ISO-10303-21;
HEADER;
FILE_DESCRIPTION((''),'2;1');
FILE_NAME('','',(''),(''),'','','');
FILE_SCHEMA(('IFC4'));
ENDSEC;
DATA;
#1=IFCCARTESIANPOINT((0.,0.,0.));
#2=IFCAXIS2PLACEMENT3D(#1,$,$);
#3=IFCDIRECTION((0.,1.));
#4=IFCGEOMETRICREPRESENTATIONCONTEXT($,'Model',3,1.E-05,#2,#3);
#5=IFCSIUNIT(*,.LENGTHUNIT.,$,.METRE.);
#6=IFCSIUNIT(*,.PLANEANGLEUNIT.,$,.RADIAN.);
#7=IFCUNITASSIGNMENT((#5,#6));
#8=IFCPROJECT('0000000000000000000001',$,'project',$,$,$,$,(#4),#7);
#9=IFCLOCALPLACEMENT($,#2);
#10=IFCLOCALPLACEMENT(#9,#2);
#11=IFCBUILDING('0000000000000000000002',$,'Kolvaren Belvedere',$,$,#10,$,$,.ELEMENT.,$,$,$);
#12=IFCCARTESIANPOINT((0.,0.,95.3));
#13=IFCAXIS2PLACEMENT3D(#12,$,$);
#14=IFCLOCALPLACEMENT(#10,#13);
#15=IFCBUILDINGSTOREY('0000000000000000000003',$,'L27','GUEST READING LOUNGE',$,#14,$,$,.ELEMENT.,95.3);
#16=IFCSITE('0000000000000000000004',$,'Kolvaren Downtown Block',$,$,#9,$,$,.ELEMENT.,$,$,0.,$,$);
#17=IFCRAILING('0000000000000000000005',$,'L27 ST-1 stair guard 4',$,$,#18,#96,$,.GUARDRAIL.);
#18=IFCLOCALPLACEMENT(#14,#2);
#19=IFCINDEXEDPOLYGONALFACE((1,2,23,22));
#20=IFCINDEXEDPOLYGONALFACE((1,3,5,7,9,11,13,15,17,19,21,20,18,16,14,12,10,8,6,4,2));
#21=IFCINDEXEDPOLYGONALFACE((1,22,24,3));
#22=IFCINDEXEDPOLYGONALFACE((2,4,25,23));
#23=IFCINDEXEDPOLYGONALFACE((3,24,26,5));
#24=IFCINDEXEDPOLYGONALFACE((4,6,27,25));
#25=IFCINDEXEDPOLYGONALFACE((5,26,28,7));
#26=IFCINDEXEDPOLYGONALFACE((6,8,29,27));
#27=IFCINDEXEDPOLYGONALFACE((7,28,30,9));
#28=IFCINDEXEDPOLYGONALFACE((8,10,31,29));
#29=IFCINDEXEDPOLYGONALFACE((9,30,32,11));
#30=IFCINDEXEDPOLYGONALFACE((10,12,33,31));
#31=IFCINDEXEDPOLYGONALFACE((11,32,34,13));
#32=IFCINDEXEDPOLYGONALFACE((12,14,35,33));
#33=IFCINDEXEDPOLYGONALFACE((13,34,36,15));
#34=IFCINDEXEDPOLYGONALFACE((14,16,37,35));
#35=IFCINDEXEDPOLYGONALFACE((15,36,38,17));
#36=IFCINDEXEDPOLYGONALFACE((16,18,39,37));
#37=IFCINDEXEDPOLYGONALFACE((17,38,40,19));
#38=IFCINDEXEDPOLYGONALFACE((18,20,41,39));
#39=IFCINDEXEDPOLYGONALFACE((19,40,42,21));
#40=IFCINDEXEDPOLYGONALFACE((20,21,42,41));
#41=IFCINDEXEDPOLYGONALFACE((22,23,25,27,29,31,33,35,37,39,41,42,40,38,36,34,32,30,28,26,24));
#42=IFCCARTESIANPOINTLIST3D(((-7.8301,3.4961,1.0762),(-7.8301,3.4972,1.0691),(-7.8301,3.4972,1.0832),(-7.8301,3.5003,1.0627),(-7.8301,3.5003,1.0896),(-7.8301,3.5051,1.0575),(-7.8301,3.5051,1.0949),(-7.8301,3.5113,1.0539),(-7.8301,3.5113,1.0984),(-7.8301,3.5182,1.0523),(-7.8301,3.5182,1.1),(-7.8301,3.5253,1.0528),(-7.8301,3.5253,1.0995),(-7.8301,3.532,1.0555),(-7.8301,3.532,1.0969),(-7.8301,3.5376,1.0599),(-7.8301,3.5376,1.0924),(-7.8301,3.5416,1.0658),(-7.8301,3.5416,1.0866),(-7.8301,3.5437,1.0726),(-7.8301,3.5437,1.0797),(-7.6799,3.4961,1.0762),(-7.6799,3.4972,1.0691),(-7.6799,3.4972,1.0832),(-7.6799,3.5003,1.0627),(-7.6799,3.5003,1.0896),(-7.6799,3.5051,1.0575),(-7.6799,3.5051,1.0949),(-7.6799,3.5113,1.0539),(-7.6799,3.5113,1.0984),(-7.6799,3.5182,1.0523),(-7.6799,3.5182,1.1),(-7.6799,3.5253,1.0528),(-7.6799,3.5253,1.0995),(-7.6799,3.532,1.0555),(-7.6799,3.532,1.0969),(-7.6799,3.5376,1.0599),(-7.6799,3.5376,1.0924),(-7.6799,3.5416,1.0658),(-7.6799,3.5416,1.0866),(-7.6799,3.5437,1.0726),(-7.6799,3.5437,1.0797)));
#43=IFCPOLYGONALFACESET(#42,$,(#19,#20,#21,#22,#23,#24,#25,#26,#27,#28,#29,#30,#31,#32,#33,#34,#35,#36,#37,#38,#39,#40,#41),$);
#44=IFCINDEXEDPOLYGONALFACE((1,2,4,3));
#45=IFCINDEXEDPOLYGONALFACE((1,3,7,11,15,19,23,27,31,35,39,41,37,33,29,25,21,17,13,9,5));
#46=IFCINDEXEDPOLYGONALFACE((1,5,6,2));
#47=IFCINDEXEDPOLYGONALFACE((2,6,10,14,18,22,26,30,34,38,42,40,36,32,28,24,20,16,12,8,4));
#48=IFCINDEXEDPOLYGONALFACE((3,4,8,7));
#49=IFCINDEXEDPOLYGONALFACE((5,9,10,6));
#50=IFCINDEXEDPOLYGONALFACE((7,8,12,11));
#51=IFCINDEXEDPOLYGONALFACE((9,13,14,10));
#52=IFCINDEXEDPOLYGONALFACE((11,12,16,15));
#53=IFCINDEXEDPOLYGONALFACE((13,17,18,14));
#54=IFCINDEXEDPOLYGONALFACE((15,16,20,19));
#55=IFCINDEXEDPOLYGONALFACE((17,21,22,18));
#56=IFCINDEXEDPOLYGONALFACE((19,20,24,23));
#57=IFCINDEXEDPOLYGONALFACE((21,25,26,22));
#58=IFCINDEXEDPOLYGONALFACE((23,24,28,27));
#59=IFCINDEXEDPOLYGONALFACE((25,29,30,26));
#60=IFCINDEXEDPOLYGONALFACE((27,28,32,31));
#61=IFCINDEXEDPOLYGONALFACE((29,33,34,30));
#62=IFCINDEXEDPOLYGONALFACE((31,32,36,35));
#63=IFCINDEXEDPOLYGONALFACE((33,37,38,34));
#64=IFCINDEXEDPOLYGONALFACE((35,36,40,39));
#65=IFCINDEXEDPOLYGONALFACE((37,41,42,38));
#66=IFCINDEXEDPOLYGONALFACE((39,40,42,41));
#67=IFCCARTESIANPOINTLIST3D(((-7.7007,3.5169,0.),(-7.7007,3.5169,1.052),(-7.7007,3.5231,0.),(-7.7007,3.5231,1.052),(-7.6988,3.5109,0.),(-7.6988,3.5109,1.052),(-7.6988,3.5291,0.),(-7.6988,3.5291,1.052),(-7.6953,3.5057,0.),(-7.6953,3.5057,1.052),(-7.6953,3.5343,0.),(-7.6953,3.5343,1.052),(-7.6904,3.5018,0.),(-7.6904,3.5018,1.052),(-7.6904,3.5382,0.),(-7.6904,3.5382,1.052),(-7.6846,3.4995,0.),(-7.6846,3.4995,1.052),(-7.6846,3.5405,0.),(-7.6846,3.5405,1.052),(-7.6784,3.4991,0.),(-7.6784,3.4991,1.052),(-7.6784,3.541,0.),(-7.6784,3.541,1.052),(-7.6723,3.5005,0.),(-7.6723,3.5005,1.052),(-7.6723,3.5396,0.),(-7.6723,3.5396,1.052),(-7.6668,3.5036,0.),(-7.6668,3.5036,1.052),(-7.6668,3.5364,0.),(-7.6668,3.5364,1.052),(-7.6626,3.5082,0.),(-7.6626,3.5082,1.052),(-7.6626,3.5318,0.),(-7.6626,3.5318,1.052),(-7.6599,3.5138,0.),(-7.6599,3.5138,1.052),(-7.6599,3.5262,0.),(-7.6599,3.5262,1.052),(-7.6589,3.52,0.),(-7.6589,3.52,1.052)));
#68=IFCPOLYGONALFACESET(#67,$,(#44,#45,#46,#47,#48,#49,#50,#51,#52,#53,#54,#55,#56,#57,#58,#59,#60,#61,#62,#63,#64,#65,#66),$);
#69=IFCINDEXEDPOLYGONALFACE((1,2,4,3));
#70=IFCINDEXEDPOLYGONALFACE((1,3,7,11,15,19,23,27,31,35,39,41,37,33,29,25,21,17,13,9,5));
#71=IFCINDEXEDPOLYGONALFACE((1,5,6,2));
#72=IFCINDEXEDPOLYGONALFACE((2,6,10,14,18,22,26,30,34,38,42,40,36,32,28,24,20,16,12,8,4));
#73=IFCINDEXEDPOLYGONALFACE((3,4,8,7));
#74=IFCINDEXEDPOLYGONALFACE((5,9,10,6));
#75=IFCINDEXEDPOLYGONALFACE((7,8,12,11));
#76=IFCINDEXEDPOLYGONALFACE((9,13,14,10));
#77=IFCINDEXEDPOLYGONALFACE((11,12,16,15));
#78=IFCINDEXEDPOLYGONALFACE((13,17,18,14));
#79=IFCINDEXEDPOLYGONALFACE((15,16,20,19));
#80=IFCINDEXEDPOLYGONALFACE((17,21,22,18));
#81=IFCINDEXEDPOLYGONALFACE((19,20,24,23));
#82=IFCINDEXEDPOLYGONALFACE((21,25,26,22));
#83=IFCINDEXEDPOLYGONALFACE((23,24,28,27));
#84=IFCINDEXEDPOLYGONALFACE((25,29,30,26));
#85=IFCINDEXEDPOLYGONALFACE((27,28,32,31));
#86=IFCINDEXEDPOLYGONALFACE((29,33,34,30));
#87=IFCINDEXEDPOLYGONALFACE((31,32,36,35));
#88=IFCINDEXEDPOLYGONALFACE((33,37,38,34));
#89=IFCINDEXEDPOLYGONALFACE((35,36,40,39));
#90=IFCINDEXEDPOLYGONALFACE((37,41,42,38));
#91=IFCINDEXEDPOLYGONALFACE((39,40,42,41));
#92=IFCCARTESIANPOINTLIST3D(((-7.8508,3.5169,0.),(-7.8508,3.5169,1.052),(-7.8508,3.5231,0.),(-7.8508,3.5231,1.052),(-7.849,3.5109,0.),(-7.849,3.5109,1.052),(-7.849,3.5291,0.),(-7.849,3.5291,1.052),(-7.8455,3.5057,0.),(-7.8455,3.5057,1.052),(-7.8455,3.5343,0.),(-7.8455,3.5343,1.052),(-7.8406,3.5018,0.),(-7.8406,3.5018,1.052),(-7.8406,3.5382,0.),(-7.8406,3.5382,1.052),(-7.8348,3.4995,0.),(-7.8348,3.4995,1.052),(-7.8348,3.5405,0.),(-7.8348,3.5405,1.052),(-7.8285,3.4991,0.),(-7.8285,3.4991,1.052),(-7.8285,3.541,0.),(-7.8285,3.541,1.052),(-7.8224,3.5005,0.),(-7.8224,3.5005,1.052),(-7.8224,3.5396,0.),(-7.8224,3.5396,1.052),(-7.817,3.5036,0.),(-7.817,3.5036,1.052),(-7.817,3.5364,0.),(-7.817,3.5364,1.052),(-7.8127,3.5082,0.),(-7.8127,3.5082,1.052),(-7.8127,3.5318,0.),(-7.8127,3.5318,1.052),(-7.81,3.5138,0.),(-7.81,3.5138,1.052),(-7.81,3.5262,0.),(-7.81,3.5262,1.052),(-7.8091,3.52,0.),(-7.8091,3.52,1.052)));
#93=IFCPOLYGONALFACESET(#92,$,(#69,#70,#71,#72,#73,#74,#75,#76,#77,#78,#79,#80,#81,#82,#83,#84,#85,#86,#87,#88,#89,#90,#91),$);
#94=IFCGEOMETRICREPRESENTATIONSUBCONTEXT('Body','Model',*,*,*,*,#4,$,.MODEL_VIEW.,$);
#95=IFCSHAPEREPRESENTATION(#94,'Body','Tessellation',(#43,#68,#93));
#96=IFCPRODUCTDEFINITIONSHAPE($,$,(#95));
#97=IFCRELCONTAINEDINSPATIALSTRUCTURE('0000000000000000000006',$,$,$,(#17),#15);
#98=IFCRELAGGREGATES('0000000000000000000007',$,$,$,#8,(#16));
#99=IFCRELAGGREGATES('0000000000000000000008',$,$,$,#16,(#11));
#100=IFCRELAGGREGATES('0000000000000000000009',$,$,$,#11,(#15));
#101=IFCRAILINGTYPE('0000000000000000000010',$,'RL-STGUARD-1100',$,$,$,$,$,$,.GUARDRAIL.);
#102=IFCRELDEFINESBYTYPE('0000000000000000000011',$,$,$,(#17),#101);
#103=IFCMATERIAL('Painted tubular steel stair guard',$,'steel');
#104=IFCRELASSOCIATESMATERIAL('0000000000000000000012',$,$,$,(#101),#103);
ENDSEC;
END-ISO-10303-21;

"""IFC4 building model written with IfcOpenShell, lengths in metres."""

from ifc_helpers import new_model, si_unit, direction, frame, origin, origin_2d, place, context, subcontext, project, spatial, circle, extrude, material, type_object, element, save


model = new_model("IFC4")

# Units and contexts
model_context = context("Model", 3, precision=1e-05, world=origin(), true_north=direction((0.0, 1.0)))
body_context = subcontext(model_context, "Body", "Model", "MODEL_VIEW")
ifc_project = project(units=[si_unit("LENGTHUNIT", "METRE"), si_unit("PLANEANGLEUNIT", "RADIAN")], contexts=[model_context])

# Site, building, storey
site_placement = place(None, origin())
site = spatial("IfcSite", under=ifc_project, at=site_placement, Name="Kolvaren Downtown Block", CompositionType="ELEMENT", RefElevation=0.0)
building_placement = place(site_placement, origin())
building = spatial("IfcBuilding", under=site, at=building_placement, Name="Kolvaren Belvedere", CompositionType="ELEMENT")
storey_placement = place(building_placement, frame((0.0, 0.0, 95.3)))
storey = spatial("IfcBuildingStorey", under=building, at=storey_placement, Name="L27", Description="GUEST READING LOUNGE", CompositionType="ELEMENT", Elevation=95.3)

# Railing
ifc_material_1 = material(Name="Painted tubular steel stair guard", Category="steel")
railing_type_1 = type_object("IfcRailingType", Name="RL-STGUARD-1100", PredefinedType="GUARDRAIL", material=ifc_material_1)
railing_1_placement = place(storey_placement, frame((-7.6799, 3.52, 0.0)))
element("IfcRailing", 1, at=railing_1_placement, inside=storey, type_object=railing_type_1, Name="L27 ST-1 stair guard 4", PredefinedType="GUARDRAIL", context=body_context, shape_type="SweptSolid", body=[
    extrude(circle(Radius=0.0239, at=origin_2d()), frame((0.0, 0.0, 1.0762), z_axis=(-1.0, 0.0, 0.0), x_axis=(0.0, -1.0, 0.0)), (0.0, 0.0, 1.0), 0.1501),
    extrude(circle(Radius=0.021, at=origin_2d()), origin(), (0.0, 0.0, 1.0), 1.052),
    extrude(circle(Radius=0.021, at=origin_2d()), frame((-0.1501, 0.0, 0.0)), (0.0, 0.0, 1.0), 1.052),
])

save(model, "model.ifc")
